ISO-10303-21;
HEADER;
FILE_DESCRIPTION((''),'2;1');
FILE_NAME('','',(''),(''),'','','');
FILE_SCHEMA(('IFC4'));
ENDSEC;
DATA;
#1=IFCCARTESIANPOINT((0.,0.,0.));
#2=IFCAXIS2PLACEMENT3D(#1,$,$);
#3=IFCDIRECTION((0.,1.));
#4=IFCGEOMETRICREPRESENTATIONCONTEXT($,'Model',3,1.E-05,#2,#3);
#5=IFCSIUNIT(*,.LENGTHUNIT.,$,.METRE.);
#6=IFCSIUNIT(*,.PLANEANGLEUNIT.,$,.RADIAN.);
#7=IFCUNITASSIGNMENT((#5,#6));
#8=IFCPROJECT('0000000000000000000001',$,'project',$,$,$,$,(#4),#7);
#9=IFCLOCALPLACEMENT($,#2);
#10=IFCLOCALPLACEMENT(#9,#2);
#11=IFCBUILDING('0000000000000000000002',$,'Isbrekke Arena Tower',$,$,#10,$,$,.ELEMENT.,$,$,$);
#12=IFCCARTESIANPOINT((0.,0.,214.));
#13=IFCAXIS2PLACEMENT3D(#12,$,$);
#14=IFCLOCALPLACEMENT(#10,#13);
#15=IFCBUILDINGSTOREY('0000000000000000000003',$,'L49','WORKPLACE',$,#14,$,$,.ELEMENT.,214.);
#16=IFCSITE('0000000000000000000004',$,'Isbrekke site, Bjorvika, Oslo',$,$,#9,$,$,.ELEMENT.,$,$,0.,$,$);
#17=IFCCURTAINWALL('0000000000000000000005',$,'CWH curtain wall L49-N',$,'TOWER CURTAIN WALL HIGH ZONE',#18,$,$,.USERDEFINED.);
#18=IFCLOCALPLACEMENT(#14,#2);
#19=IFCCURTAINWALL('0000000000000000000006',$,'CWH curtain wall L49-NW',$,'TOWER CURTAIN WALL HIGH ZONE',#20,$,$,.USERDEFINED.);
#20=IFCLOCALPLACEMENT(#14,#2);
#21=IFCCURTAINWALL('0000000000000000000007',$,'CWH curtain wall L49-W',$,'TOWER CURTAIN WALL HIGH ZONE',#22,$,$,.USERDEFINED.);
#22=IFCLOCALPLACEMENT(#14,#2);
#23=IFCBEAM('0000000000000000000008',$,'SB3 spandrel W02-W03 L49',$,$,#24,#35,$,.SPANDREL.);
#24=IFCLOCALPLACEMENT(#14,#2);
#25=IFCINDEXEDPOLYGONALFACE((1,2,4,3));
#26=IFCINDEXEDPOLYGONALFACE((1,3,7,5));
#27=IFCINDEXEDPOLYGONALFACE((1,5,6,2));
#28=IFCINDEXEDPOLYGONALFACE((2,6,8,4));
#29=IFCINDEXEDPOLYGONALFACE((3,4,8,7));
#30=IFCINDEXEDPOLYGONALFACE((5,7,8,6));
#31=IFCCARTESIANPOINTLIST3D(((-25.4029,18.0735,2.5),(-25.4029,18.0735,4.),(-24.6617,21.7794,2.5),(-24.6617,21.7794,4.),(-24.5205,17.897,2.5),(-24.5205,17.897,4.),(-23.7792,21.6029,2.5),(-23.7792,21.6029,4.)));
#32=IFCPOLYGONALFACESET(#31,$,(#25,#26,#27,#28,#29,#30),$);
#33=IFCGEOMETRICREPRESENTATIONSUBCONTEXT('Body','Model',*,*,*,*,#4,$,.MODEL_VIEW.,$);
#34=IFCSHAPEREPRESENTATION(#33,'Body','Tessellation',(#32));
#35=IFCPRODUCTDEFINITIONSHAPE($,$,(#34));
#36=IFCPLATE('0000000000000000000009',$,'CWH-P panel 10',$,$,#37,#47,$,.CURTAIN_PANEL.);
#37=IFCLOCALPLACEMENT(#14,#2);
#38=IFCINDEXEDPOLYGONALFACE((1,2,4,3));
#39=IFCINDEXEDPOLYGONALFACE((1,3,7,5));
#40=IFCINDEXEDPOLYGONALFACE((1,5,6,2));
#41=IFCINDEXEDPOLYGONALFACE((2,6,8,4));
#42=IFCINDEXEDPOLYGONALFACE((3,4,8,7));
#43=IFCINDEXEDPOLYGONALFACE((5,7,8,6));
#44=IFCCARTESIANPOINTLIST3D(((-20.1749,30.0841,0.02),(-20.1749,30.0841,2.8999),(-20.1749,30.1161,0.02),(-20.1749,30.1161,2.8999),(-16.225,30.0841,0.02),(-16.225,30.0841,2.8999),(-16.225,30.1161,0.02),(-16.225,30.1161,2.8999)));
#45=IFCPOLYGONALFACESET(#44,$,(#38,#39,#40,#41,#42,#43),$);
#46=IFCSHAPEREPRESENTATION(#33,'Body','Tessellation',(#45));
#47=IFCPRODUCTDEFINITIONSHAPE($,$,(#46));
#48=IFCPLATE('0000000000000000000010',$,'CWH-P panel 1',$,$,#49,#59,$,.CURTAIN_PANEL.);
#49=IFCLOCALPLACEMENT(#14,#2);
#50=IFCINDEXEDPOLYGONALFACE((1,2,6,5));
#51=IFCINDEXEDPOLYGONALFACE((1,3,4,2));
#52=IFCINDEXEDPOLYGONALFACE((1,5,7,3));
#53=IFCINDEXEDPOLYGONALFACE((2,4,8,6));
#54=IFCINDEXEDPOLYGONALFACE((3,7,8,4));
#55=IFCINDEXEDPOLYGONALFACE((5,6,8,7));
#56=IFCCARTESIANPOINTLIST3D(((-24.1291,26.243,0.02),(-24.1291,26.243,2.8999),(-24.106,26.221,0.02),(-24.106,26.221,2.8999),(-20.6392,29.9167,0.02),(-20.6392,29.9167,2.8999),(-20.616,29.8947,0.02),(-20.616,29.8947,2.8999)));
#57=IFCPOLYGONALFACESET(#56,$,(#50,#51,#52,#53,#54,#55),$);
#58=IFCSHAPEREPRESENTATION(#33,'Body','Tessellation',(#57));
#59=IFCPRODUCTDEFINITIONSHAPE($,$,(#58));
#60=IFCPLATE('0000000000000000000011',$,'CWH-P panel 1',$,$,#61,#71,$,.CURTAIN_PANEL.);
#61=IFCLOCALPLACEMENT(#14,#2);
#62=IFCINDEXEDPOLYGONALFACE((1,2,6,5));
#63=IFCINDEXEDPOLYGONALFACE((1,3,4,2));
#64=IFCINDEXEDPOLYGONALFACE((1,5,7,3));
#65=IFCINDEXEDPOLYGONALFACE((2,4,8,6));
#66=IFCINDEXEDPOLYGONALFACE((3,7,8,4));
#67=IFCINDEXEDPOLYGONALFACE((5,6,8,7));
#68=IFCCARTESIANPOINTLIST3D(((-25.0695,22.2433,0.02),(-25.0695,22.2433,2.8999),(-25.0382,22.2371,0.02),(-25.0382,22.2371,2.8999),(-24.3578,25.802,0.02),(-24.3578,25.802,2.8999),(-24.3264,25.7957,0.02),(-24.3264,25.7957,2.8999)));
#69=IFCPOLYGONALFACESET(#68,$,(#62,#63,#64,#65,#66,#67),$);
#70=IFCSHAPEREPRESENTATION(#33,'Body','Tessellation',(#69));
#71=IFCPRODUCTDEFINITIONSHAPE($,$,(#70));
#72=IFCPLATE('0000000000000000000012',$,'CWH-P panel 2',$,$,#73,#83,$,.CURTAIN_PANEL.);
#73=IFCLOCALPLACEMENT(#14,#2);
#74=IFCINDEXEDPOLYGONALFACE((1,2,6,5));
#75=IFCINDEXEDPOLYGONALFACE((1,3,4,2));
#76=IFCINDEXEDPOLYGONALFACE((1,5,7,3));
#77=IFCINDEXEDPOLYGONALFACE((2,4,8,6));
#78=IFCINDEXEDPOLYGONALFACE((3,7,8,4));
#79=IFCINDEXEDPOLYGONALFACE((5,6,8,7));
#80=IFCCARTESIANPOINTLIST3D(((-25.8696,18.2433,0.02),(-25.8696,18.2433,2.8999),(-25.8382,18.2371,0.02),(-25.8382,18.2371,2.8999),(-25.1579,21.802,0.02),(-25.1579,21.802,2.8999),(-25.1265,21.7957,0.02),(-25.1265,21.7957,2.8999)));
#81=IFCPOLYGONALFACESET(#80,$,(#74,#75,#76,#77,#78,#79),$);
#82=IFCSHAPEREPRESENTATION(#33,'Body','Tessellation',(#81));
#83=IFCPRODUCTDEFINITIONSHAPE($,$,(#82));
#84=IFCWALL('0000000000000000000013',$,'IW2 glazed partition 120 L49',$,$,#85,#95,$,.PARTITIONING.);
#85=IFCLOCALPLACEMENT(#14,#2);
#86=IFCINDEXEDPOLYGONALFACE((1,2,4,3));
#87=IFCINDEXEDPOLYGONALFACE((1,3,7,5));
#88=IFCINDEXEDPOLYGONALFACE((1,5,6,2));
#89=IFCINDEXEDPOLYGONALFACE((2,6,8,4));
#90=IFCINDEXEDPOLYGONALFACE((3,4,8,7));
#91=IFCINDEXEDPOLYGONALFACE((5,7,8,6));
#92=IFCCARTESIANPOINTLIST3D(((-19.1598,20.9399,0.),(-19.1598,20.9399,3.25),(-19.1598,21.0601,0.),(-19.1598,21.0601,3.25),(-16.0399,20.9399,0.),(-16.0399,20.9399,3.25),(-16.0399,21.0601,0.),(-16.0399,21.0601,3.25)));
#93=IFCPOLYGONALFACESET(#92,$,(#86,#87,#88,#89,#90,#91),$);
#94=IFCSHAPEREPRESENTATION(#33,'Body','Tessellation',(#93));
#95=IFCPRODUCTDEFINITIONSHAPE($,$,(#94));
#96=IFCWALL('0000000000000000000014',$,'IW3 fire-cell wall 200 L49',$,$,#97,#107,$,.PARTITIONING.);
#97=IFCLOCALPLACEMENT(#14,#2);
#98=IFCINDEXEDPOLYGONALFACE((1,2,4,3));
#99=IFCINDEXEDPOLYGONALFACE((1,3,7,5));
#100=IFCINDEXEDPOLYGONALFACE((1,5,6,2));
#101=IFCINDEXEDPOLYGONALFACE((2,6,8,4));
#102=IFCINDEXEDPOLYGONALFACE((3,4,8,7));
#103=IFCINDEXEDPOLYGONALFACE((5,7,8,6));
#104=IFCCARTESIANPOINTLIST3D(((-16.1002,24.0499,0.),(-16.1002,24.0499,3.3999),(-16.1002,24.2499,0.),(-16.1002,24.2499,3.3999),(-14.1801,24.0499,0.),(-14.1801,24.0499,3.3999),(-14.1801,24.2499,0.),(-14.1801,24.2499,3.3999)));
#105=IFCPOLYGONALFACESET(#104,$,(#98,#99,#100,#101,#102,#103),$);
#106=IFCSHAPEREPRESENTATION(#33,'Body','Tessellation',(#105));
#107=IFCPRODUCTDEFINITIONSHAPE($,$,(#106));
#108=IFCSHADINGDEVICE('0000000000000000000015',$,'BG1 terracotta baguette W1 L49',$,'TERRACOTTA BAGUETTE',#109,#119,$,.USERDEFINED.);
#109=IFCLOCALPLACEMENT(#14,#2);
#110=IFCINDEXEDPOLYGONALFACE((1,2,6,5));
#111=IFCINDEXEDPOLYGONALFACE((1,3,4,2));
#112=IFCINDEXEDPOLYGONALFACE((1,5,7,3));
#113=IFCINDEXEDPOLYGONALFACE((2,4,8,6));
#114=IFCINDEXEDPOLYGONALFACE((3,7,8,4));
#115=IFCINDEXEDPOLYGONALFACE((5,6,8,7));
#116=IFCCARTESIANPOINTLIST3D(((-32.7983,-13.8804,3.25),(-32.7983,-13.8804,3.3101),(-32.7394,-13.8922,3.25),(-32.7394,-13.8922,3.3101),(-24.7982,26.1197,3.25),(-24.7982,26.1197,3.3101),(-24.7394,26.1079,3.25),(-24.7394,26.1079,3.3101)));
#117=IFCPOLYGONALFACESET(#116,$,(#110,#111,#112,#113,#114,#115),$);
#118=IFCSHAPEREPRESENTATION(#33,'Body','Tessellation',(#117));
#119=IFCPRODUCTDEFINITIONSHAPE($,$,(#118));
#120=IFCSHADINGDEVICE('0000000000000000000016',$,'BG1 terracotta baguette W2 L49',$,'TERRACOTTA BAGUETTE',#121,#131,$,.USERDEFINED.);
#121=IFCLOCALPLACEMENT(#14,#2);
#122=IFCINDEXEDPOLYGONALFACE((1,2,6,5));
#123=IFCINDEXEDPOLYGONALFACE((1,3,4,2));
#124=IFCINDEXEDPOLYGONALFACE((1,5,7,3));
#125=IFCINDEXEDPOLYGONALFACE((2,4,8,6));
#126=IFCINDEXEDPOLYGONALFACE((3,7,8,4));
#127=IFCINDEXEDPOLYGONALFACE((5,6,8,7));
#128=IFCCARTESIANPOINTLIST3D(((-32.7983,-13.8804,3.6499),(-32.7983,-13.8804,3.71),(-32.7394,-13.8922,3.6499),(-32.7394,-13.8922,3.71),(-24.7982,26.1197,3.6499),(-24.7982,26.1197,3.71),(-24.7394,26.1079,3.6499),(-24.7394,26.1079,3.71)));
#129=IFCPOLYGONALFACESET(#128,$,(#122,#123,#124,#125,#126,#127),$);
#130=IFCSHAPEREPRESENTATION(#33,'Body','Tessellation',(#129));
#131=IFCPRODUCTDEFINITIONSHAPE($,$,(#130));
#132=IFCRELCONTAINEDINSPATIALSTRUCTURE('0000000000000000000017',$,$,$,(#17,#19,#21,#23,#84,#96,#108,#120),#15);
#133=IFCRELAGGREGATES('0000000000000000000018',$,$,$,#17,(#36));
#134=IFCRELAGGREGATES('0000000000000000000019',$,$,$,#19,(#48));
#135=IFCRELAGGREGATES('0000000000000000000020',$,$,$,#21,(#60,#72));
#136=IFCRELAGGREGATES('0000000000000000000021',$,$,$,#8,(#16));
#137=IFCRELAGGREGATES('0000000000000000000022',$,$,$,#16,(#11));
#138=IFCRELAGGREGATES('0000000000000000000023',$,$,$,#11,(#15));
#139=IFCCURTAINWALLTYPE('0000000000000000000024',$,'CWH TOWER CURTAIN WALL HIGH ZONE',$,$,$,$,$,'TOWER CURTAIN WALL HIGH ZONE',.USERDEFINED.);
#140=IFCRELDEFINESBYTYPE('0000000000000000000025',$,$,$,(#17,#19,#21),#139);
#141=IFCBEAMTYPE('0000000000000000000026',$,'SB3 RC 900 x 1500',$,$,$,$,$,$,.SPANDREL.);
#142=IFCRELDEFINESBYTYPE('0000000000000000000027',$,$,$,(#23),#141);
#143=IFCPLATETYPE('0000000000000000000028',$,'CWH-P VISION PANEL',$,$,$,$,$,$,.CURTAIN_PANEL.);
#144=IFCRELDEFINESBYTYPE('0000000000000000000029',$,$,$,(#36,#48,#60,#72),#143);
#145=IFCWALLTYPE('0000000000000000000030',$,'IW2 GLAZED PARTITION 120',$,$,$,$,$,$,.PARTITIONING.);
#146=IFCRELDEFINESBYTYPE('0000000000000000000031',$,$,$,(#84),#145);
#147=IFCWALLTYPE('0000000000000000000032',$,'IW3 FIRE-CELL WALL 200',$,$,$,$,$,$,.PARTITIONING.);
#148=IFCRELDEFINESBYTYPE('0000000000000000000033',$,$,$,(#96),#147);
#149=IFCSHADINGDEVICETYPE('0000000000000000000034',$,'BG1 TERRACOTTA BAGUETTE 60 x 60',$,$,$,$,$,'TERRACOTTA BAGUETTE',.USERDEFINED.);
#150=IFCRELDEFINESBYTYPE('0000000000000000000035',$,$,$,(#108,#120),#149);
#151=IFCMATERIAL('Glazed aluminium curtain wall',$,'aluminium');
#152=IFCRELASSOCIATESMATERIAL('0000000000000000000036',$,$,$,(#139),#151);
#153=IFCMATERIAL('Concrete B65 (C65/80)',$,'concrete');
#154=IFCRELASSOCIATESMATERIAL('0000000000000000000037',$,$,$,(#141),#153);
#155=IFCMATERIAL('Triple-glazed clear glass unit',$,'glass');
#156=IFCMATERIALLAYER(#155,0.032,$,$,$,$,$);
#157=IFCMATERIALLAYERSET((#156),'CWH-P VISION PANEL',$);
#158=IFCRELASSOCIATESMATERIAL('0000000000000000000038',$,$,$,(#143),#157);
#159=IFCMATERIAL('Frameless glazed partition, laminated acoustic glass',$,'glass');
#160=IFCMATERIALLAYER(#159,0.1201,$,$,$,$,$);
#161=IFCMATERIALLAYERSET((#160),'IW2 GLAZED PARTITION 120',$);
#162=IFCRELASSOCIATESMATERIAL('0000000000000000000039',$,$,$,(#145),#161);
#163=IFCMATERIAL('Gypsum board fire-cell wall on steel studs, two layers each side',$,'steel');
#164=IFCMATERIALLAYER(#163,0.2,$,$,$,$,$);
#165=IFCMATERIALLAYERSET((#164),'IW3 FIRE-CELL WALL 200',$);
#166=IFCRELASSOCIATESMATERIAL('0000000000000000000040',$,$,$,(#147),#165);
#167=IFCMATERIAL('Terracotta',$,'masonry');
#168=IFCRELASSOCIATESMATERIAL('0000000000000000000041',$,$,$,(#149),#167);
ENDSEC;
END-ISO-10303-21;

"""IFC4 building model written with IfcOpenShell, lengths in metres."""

from ifc_helpers import new_model, si_unit, direction, frame, frame_2d, origin, origin_2d, place, context, subcontext, project, spatial, rectangle, extrude, material, layer, layer_set, material_profile, profile_set, type_object, element, aggregate, save


model = new_model("IFC4")

# Units and contexts
model_context = context("Model", 3, precision=1e-05, world=origin(), true_north=direction((0.0, 1.0)))
body_context = subcontext(model_context, "Body", "Model", "MODEL_VIEW")
ifc_project = project(units=[si_unit("LENGTHUNIT", "METRE"), si_unit("PLANEANGLEUNIT", "RADIAN")], contexts=[model_context])

# Site, building, storey
site_placement = place(None, origin())
site = spatial("IfcSite", under=ifc_project, at=site_placement, Name="Isbrekke site, Bjorvika, Oslo", CompositionType="ELEMENT", RefElevation=0.0)
building_placement = place(site_placement, origin())
building = spatial("IfcBuilding", under=site, at=building_placement, Name="Isbrekke Arena Tower", CompositionType="ELEMENT")
storey_placement = place(building_placement, frame((0.0, 0.0, 214.0)))
storey = spatial("IfcBuildingStorey", under=building, at=storey_placement, Name="L49", Description="WORKPLACE", CompositionType="ELEMENT", Elevation=214.0)

# Curtain walls
ifc_material_1 = material(Name="Glazed aluminium curtain wall", Category="aluminium")
curtain_wall_type = type_object("IfcCurtainWallType", Name="CWH TOWER CURTAIN WALL HIGH ZONE", ElementType="TOWER CURTAIN WALL HIGH ZONE", PredefinedType="USERDEFINED", material=ifc_material_1)
curtain_wall_1_placement = place(storey_placement, origin())
curtain_wall_1 = element("IfcCurtainWall", 1, at=curtain_wall_1_placement, inside=storey, type_object=curtain_wall_type, Name="CWH curtain wall L49-N", ObjectType="TOWER CURTAIN WALL HIGH ZONE", PredefinedType="USERDEFINED")
curtain_wall_2_placement = place(storey_placement, origin())
curtain_wall_2 = element("IfcCurtainWall", 2, at=curtain_wall_2_placement, inside=storey, type_object=curtain_wall_type, Name="CWH curtain wall L49-NW", ObjectType="TOWER CURTAIN WALL HIGH ZONE", PredefinedType="USERDEFINED")
curtain_wall_3_placement = place(storey_placement, origin())
curtain_wall_3 = element("IfcCurtainWall", 3, at=curtain_wall_3_placement, inside=storey, type_object=curtain_wall_type, Name="CWH curtain wall L49-W", ObjectType="TOWER CURTAIN WALL HIGH ZONE", PredefinedType="USERDEFINED")

# Beam
ifc_material_2 = material(Name="Concrete B65 (C65/80)", Category="concrete")
ifc_material_profile_1 = material_profile(ifc_material_2, rectangle(XDim=0.8999, YDim=1.5, at=origin_2d()), Name="RC 900x1500")
ifc_profile_set_1 = profile_set([ifc_material_profile_1], Name="Concrete B65 (C65/80)")
beam_type_1 = type_object("IfcBeamType", Name="SB3 RC 900 x 1500", PredefinedType="SPANDREL", material=ifc_profile_set_1)
beam_1_placement = place(storey_placement, frame((-24.2205, 21.6912, 3.25), z_axis=(-0.196129, -0.980578, 0.0), x_axis=(0.980578, -0.196129, 0.0)))
element("IfcBeam", 4, at=beam_1_placement, inside=storey, type_object=beam_type_1, Name="SB3 spandrel W02-W03 L49", PredefinedType="SPANDREL", context=body_context, shape_type="SweptSolid", body=[
    extrude(rectangle(XDim=0.8999, YDim=1.5, at=origin_2d()), origin(), (0.0, 0.0, 1.0), 3.7793),
])

# Plates
ifc_material_3 = material(Name="Triple-glazed clear glass unit", Category="glass")
ifc_layer_1 = layer(ifc_material_3, 0.032)
ifc_layer_set_1 = layer_set([ifc_layer_1], Name="CWH-P VISION PANEL")
plate_type = type_object("IfcPlateType", Name="CWH-P VISION PANEL", PredefinedType="CURTAIN_PANEL", material=ifc_layer_set_1)
plate_1_placement = place(storey_placement, frame((-18.2, 30.1001, 0.02), z_axis=(0.0, 0.0, 1.0), x_axis=(-1.0, 0.0, 0.0)))
plate_1 = element("IfcPlate", 5, at=plate_1_placement, type_object=plate_type, Name="CWH-P panel 10", PredefinedType="CURTAIN_PANEL", context=body_context, shape_type="SweptSolid", body=[
    extrude(rectangle(XDim=3.95, YDim=0.032, at=origin_2d()), origin(), (0.0, 0.0, 1.0), 2.8799),
])
aggregate(curtain_wall_1, [plate_1])
plate_2_placement = place(storey_placement, frame((-22.3726, 28.0688, 0.02), z_axis=(0.0, 0.0, 1.0), x_axis=(-0.688749, -0.724999, 0.0)))
plate_2 = element("IfcPlate", 6, at=plate_2_placement, type_object=plate_type, Name="CWH-P panel 1", PredefinedType="CURTAIN_PANEL", context=body_context, shape_type="SweptSolid", body=[
    extrude(rectangle(XDim=5.0671, YDim=0.032, at=origin_2d()), origin(), (0.0, 0.0, 1.0), 2.8799),
])
aggregate(curtain_wall_2, [plate_2])
plate_3_placement = place(storey_placement, frame((-24.698, 24.0195, 0.02), z_axis=(0.0, 0.0, 1.0), x_axis=(-0.196116, -0.980581, 0.0)))
plate_3 = element("IfcPlate", 7, at=plate_3_placement, type_object=plate_type, Name="CWH-P panel 1", PredefinedType="CURTAIN_PANEL", context=body_context, shape_type="SweptSolid", body=[
    extrude(rectangle(XDim=3.6292, YDim=0.032, at=origin_2d()), origin(), (0.0, 0.0, 1.0), 2.8799),
])
plate_4_placement = place(storey_placement, frame((-25.498, 20.0195, 0.02), z_axis=(0.0, 0.0, 1.0), x_axis=(-0.196116, -0.980581, 0.0)))
plate_4 = element("IfcPlate", 8, at=plate_4_placement, type_object=plate_type, Name="CWH-P panel 2", PredefinedType="CURTAIN_PANEL", context=body_context, shape_type="SweptSolid", body=[
    extrude(rectangle(XDim=3.6292, YDim=0.032, at=origin_2d()), origin(), (0.0, 0.0, 1.0), 2.8799),
])
aggregate(curtain_wall_3, [plate_3, plate_4])

# Walls
ifc_material_4 = material(Name="Frameless glazed partition, laminated acoustic glass", Category="glass")
ifc_layer_2 = layer(ifc_material_4, 0.1201)
ifc_layer_set_2 = layer_set([ifc_layer_2], Name="IW2 GLAZED PARTITION 120")
wall_type_1 = type_object("IfcWallType", Name="IW2 GLAZED PARTITION 120", PredefinedType="PARTITIONING", material=ifc_layer_set_2)
wall_1_placement = place(storey_placement, frame((-19.1599, 21.0, 0.0), z_axis=(0.0, 0.0, 1.0), x_axis=(1.0, 0.0, 0.0)))
element("IfcWall", 9, at=wall_1_placement, inside=storey, type_object=wall_type_1, Name="IW2 glazed partition 120 L49", PredefinedType="PARTITIONING", context=body_context, shape_type="SweptSolid", body=[
    extrude(rectangle(XDim=3.1199, YDim=0.1201, at=frame_2d((1.5601, 0.0))), origin(), (0.0, 0.0, 1.0), 3.25),
])
ifc_material_5 = material(Name="Gypsum board fire-cell wall on steel studs, two layers each side", Category="steel")
ifc_layer_3 = layer(ifc_material_5, 0.2)
ifc_layer_set_3 = layer_set([ifc_layer_3], Name="IW3 FIRE-CELL WALL 200")
wall_type_2 = type_object("IfcWallType", Name="IW3 FIRE-CELL WALL 200", PredefinedType="PARTITIONING", material=ifc_layer_set_3)
wall_2_placement = place(storey_placement, frame((-16.1001, 24.1499, 0.0), z_axis=(0.0, 0.0, 1.0), x_axis=(1.0, 0.0, 0.0)))
element("IfcWall", 10, at=wall_2_placement, inside=storey, type_object=wall_type_2, Name="IW3 fire-cell wall 200 L49", PredefinedType="PARTITIONING", context=body_context, shape_type="SweptSolid", body=[
    extrude(rectangle(XDim=1.9202, YDim=0.2, at=frame_2d((0.96, 0.0))), origin(), (0.0, 0.0, 1.0), 3.3999),
])

# Shading devices
ifc_material_6 = material(Name="Terracotta", Category="masonry")
ifc_material_profile_2 = material_profile(ifc_material_6, rectangle(XDim=0.0601, YDim=0.0601, at=origin_2d()), Name="BAGUETTE 60X60")
ifc_profile_set_2 = profile_set([ifc_material_profile_2], Name="Terracotta")
shading_device_type = type_object("IfcShadingDeviceType", Name="BG1 TERRACOTTA BAGUETTE 60 x 60", ElementType="TERRACOTTA BAGUETTE", PredefinedType="USERDEFINED", material=ifc_profile_set_2)
for number, where, z_axis, x_axis, name in (
    (11, (-24.7688, 26.1138, 3.28), (-0.196116, -0.980581, 0.0), (0.980581, -0.196116, 0.0), "BG1 terracotta baguette W1 L49"),
    (12, (-24.7688, 26.1138, 3.6799), (-0.196116, -0.980581, 0.0), (0.980581, -0.196116, 0.0), "BG1 terracotta baguette W2 L49"),
):
    element("IfcShadingDevice", number, at=place(storey_placement, frame(where, z_axis=z_axis, x_axis=x_axis)), inside=storey, type_object=shading_device_type, Name=name, ObjectType="TERRACOTTA BAGUETTE", PredefinedType="USERDEFINED", context=body_context, shape_type="SweptSolid", body=[
        extrude(rectangle(XDim=0.0601, YDim=0.0601, at=origin_2d()), origin(), (0.0, 0.0, 1.0), 40.7922),
    ])

save(model, "model.ifc")
